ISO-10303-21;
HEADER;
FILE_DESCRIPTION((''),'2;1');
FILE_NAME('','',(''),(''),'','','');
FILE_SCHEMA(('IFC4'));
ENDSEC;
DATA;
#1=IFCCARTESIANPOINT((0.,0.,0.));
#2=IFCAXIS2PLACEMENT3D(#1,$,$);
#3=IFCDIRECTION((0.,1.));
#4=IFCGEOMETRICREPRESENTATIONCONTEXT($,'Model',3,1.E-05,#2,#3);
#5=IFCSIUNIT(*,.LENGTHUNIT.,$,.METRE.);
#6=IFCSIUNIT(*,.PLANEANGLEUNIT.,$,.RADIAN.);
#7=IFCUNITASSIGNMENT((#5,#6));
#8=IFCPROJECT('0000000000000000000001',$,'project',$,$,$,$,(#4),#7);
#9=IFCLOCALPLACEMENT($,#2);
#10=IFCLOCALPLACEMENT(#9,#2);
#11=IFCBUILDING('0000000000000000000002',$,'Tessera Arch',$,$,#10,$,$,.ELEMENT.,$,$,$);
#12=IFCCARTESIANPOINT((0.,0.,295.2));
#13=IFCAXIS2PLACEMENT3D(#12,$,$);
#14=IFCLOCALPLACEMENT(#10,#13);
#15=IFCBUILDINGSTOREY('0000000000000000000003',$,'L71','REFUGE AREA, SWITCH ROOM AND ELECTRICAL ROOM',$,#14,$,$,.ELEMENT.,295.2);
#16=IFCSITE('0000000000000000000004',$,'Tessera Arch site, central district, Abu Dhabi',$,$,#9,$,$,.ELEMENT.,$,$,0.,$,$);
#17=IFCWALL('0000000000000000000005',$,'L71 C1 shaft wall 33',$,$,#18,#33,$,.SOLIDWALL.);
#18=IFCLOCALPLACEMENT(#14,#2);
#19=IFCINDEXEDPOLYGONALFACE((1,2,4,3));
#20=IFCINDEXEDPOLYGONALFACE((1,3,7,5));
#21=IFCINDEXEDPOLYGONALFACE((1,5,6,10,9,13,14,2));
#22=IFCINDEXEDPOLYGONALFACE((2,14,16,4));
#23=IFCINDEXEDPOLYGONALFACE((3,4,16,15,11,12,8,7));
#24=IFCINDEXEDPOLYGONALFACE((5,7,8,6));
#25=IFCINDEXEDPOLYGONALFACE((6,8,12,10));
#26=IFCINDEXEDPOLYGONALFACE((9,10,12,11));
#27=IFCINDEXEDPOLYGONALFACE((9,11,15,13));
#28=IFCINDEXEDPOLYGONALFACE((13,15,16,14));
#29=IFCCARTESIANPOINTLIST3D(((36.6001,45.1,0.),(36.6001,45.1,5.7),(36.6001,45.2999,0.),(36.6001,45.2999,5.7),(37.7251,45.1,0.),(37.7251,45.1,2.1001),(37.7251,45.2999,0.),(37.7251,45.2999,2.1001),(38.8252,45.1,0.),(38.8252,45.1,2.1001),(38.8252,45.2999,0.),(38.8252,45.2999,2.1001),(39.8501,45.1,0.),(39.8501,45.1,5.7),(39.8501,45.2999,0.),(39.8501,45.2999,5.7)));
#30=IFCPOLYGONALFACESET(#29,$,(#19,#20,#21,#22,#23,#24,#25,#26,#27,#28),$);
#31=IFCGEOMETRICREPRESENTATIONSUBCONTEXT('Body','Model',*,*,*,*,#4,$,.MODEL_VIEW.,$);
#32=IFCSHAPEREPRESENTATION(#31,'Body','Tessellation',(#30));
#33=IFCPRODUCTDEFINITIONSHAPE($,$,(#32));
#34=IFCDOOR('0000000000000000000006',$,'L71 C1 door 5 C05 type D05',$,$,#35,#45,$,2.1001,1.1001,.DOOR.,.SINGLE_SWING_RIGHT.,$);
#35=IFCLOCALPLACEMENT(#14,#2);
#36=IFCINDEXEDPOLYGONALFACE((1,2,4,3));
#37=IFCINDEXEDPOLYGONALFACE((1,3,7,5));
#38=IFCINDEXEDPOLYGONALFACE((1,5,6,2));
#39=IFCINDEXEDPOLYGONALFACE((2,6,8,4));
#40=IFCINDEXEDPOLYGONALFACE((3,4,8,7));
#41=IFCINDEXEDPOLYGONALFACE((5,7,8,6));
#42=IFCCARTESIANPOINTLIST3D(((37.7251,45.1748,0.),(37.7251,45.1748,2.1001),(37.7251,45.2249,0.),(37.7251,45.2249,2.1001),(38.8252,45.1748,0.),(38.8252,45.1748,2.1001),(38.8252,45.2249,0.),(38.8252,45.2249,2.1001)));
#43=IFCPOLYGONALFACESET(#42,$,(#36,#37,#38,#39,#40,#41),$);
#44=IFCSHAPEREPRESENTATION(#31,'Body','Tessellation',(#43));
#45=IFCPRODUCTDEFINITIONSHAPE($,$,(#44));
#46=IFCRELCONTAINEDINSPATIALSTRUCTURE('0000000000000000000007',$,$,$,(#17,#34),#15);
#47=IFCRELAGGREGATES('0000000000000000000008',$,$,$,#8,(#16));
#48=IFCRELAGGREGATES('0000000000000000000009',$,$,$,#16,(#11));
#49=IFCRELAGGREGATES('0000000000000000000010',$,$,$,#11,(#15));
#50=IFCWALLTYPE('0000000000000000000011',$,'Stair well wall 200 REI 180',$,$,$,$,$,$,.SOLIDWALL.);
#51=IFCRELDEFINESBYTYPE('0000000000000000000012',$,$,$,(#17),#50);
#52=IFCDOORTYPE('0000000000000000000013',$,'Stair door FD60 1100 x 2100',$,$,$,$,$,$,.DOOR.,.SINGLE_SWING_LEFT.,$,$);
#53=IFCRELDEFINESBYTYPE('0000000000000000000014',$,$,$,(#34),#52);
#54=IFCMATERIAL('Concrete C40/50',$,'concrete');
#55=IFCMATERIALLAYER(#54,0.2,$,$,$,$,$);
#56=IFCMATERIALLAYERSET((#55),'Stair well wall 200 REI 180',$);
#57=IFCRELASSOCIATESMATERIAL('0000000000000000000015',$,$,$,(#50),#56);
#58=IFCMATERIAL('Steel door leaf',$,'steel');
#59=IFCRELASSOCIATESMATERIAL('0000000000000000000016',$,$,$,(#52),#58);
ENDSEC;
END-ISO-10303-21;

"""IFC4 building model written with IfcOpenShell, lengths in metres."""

from ifc_helpers import new_model, si_unit, direction, frame, frame_2d, origin, place, context, subcontext, project, spatial, rectangle, extrude, material, layer, layer_set, type_object, element, fill, save


model = new_model("IFC4")

# Units and contexts
model_context = context("Model", 3, precision=1e-05, world=origin(), true_north=direction((0.0, 1.0)))
body_context = subcontext(model_context, "Body", "Model", "MODEL_VIEW")
ifc_project = project(units=[si_unit("LENGTHUNIT", "METRE"), si_unit("PLANEANGLEUNIT", "RADIAN")], contexts=[model_context])

# Site, building, storey
site_placement = place(None, origin())
site = spatial("IfcSite", under=ifc_project, at=site_placement, Name="Tessera Arch site, central district, Abu Dhabi", CompositionType="ELEMENT", RefElevation=0.0)
building_placement = place(site_placement, origin())
building = spatial("IfcBuilding", under=site, at=building_placement, Name="Tessera Arch", CompositionType="ELEMENT")
storey_placement = place(building_placement, frame((0.0, 0.0, 295.2)))
storey = spatial("IfcBuildingStorey", under=building, at=storey_placement, Name="L71", Description="REFUGE AREA, SWITCH ROOM AND ELECTRICAL ROOM", CompositionType="ELEMENT", Elevation=295.2)

# Wall, opening, door
ifc_material_1 = material(Name="Concrete C40/50", Category="concrete")
ifc_layer_1 = layer(ifc_material_1, 0.2)
ifc_layer_set_1 = layer_set([ifc_layer_1], Name="Stair well wall 200 REI 180")
wall_type_1 = type_object("IfcWallType", Name="Stair well wall 200 REI 180", PredefinedType="SOLIDWALL", material=ifc_layer_set_1)
wall_1_placement = place(storey_placement, frame((36.6001, 45.2, 0.0), z_axis=(0.0, 0.0, 1.0), x_axis=(1.0, 0.0, 0.0)))
wall_1 = element("IfcWall", 1, at=wall_1_placement, inside=storey, type_object=wall_type_1, Name="L71 C1 shaft wall 33", PredefinedType="SOLIDWALL", context=body_context, shape_type="SweptSolid", body=[
    extrude(rectangle(XDim=3.25, YDim=0.2, at=frame_2d((1.625, 0.0))), origin(), (0.0, 0.0, 1.0), 5.7),
])
opening_1_placement = place(wall_1_placement, frame((1.125, 0.0, 0.0)))
opening_1 = element("IfcOpeningElement", 2, at=opening_1_placement, cuts=wall_1, PredefinedType="OPENING", context=body_context, shape_type="SweptSolid", body=[
    extrude(rectangle(XDim=1.1001, YDim=2.1001, at=frame_2d((0.55, 1.05))), frame((0.0, 0.1099, 0.0), z_axis=(0.0, -1.0, 0.0), x_axis=(1.0, 0.0, 0.0)), (0.0, 0.0, 1.0), 0.22),
])
ifc_material_2 = material(Name="Steel door leaf", Category="steel")
door_type_1 = type_object("IfcDoorType", Name="Stair door FD60 1100 x 2100", OperationType="SINGLE_SWING_LEFT", PredefinedType="DOOR", material=ifc_material_2)
door_1_placement = place(opening_1_placement, origin())
door_1 = element("IfcDoor", 3, at=door_1_placement, inside=storey, type_object=door_type_1, Name="L71 C1 door 5 C05 type D05", OperationType="SINGLE_SWING_RIGHT", OverallHeight=2.1001, OverallWidth=1.1001, PredefinedType="DOOR", context=body_context, shape_type="SweptSolid", body=[
    extrude(rectangle(XDim=1.1001, YDim=2.1001, at=frame_2d((0.55, 1.05))), frame((0.0, 0.0249, 0.0), z_axis=(0.0, -1.0, 0.0), x_axis=(1.0, 0.0, 0.0)), (0.0, 0.0, 1.0), 0.05),
])
fill(opening_1, door_1)

save(model, "model.ifc")
